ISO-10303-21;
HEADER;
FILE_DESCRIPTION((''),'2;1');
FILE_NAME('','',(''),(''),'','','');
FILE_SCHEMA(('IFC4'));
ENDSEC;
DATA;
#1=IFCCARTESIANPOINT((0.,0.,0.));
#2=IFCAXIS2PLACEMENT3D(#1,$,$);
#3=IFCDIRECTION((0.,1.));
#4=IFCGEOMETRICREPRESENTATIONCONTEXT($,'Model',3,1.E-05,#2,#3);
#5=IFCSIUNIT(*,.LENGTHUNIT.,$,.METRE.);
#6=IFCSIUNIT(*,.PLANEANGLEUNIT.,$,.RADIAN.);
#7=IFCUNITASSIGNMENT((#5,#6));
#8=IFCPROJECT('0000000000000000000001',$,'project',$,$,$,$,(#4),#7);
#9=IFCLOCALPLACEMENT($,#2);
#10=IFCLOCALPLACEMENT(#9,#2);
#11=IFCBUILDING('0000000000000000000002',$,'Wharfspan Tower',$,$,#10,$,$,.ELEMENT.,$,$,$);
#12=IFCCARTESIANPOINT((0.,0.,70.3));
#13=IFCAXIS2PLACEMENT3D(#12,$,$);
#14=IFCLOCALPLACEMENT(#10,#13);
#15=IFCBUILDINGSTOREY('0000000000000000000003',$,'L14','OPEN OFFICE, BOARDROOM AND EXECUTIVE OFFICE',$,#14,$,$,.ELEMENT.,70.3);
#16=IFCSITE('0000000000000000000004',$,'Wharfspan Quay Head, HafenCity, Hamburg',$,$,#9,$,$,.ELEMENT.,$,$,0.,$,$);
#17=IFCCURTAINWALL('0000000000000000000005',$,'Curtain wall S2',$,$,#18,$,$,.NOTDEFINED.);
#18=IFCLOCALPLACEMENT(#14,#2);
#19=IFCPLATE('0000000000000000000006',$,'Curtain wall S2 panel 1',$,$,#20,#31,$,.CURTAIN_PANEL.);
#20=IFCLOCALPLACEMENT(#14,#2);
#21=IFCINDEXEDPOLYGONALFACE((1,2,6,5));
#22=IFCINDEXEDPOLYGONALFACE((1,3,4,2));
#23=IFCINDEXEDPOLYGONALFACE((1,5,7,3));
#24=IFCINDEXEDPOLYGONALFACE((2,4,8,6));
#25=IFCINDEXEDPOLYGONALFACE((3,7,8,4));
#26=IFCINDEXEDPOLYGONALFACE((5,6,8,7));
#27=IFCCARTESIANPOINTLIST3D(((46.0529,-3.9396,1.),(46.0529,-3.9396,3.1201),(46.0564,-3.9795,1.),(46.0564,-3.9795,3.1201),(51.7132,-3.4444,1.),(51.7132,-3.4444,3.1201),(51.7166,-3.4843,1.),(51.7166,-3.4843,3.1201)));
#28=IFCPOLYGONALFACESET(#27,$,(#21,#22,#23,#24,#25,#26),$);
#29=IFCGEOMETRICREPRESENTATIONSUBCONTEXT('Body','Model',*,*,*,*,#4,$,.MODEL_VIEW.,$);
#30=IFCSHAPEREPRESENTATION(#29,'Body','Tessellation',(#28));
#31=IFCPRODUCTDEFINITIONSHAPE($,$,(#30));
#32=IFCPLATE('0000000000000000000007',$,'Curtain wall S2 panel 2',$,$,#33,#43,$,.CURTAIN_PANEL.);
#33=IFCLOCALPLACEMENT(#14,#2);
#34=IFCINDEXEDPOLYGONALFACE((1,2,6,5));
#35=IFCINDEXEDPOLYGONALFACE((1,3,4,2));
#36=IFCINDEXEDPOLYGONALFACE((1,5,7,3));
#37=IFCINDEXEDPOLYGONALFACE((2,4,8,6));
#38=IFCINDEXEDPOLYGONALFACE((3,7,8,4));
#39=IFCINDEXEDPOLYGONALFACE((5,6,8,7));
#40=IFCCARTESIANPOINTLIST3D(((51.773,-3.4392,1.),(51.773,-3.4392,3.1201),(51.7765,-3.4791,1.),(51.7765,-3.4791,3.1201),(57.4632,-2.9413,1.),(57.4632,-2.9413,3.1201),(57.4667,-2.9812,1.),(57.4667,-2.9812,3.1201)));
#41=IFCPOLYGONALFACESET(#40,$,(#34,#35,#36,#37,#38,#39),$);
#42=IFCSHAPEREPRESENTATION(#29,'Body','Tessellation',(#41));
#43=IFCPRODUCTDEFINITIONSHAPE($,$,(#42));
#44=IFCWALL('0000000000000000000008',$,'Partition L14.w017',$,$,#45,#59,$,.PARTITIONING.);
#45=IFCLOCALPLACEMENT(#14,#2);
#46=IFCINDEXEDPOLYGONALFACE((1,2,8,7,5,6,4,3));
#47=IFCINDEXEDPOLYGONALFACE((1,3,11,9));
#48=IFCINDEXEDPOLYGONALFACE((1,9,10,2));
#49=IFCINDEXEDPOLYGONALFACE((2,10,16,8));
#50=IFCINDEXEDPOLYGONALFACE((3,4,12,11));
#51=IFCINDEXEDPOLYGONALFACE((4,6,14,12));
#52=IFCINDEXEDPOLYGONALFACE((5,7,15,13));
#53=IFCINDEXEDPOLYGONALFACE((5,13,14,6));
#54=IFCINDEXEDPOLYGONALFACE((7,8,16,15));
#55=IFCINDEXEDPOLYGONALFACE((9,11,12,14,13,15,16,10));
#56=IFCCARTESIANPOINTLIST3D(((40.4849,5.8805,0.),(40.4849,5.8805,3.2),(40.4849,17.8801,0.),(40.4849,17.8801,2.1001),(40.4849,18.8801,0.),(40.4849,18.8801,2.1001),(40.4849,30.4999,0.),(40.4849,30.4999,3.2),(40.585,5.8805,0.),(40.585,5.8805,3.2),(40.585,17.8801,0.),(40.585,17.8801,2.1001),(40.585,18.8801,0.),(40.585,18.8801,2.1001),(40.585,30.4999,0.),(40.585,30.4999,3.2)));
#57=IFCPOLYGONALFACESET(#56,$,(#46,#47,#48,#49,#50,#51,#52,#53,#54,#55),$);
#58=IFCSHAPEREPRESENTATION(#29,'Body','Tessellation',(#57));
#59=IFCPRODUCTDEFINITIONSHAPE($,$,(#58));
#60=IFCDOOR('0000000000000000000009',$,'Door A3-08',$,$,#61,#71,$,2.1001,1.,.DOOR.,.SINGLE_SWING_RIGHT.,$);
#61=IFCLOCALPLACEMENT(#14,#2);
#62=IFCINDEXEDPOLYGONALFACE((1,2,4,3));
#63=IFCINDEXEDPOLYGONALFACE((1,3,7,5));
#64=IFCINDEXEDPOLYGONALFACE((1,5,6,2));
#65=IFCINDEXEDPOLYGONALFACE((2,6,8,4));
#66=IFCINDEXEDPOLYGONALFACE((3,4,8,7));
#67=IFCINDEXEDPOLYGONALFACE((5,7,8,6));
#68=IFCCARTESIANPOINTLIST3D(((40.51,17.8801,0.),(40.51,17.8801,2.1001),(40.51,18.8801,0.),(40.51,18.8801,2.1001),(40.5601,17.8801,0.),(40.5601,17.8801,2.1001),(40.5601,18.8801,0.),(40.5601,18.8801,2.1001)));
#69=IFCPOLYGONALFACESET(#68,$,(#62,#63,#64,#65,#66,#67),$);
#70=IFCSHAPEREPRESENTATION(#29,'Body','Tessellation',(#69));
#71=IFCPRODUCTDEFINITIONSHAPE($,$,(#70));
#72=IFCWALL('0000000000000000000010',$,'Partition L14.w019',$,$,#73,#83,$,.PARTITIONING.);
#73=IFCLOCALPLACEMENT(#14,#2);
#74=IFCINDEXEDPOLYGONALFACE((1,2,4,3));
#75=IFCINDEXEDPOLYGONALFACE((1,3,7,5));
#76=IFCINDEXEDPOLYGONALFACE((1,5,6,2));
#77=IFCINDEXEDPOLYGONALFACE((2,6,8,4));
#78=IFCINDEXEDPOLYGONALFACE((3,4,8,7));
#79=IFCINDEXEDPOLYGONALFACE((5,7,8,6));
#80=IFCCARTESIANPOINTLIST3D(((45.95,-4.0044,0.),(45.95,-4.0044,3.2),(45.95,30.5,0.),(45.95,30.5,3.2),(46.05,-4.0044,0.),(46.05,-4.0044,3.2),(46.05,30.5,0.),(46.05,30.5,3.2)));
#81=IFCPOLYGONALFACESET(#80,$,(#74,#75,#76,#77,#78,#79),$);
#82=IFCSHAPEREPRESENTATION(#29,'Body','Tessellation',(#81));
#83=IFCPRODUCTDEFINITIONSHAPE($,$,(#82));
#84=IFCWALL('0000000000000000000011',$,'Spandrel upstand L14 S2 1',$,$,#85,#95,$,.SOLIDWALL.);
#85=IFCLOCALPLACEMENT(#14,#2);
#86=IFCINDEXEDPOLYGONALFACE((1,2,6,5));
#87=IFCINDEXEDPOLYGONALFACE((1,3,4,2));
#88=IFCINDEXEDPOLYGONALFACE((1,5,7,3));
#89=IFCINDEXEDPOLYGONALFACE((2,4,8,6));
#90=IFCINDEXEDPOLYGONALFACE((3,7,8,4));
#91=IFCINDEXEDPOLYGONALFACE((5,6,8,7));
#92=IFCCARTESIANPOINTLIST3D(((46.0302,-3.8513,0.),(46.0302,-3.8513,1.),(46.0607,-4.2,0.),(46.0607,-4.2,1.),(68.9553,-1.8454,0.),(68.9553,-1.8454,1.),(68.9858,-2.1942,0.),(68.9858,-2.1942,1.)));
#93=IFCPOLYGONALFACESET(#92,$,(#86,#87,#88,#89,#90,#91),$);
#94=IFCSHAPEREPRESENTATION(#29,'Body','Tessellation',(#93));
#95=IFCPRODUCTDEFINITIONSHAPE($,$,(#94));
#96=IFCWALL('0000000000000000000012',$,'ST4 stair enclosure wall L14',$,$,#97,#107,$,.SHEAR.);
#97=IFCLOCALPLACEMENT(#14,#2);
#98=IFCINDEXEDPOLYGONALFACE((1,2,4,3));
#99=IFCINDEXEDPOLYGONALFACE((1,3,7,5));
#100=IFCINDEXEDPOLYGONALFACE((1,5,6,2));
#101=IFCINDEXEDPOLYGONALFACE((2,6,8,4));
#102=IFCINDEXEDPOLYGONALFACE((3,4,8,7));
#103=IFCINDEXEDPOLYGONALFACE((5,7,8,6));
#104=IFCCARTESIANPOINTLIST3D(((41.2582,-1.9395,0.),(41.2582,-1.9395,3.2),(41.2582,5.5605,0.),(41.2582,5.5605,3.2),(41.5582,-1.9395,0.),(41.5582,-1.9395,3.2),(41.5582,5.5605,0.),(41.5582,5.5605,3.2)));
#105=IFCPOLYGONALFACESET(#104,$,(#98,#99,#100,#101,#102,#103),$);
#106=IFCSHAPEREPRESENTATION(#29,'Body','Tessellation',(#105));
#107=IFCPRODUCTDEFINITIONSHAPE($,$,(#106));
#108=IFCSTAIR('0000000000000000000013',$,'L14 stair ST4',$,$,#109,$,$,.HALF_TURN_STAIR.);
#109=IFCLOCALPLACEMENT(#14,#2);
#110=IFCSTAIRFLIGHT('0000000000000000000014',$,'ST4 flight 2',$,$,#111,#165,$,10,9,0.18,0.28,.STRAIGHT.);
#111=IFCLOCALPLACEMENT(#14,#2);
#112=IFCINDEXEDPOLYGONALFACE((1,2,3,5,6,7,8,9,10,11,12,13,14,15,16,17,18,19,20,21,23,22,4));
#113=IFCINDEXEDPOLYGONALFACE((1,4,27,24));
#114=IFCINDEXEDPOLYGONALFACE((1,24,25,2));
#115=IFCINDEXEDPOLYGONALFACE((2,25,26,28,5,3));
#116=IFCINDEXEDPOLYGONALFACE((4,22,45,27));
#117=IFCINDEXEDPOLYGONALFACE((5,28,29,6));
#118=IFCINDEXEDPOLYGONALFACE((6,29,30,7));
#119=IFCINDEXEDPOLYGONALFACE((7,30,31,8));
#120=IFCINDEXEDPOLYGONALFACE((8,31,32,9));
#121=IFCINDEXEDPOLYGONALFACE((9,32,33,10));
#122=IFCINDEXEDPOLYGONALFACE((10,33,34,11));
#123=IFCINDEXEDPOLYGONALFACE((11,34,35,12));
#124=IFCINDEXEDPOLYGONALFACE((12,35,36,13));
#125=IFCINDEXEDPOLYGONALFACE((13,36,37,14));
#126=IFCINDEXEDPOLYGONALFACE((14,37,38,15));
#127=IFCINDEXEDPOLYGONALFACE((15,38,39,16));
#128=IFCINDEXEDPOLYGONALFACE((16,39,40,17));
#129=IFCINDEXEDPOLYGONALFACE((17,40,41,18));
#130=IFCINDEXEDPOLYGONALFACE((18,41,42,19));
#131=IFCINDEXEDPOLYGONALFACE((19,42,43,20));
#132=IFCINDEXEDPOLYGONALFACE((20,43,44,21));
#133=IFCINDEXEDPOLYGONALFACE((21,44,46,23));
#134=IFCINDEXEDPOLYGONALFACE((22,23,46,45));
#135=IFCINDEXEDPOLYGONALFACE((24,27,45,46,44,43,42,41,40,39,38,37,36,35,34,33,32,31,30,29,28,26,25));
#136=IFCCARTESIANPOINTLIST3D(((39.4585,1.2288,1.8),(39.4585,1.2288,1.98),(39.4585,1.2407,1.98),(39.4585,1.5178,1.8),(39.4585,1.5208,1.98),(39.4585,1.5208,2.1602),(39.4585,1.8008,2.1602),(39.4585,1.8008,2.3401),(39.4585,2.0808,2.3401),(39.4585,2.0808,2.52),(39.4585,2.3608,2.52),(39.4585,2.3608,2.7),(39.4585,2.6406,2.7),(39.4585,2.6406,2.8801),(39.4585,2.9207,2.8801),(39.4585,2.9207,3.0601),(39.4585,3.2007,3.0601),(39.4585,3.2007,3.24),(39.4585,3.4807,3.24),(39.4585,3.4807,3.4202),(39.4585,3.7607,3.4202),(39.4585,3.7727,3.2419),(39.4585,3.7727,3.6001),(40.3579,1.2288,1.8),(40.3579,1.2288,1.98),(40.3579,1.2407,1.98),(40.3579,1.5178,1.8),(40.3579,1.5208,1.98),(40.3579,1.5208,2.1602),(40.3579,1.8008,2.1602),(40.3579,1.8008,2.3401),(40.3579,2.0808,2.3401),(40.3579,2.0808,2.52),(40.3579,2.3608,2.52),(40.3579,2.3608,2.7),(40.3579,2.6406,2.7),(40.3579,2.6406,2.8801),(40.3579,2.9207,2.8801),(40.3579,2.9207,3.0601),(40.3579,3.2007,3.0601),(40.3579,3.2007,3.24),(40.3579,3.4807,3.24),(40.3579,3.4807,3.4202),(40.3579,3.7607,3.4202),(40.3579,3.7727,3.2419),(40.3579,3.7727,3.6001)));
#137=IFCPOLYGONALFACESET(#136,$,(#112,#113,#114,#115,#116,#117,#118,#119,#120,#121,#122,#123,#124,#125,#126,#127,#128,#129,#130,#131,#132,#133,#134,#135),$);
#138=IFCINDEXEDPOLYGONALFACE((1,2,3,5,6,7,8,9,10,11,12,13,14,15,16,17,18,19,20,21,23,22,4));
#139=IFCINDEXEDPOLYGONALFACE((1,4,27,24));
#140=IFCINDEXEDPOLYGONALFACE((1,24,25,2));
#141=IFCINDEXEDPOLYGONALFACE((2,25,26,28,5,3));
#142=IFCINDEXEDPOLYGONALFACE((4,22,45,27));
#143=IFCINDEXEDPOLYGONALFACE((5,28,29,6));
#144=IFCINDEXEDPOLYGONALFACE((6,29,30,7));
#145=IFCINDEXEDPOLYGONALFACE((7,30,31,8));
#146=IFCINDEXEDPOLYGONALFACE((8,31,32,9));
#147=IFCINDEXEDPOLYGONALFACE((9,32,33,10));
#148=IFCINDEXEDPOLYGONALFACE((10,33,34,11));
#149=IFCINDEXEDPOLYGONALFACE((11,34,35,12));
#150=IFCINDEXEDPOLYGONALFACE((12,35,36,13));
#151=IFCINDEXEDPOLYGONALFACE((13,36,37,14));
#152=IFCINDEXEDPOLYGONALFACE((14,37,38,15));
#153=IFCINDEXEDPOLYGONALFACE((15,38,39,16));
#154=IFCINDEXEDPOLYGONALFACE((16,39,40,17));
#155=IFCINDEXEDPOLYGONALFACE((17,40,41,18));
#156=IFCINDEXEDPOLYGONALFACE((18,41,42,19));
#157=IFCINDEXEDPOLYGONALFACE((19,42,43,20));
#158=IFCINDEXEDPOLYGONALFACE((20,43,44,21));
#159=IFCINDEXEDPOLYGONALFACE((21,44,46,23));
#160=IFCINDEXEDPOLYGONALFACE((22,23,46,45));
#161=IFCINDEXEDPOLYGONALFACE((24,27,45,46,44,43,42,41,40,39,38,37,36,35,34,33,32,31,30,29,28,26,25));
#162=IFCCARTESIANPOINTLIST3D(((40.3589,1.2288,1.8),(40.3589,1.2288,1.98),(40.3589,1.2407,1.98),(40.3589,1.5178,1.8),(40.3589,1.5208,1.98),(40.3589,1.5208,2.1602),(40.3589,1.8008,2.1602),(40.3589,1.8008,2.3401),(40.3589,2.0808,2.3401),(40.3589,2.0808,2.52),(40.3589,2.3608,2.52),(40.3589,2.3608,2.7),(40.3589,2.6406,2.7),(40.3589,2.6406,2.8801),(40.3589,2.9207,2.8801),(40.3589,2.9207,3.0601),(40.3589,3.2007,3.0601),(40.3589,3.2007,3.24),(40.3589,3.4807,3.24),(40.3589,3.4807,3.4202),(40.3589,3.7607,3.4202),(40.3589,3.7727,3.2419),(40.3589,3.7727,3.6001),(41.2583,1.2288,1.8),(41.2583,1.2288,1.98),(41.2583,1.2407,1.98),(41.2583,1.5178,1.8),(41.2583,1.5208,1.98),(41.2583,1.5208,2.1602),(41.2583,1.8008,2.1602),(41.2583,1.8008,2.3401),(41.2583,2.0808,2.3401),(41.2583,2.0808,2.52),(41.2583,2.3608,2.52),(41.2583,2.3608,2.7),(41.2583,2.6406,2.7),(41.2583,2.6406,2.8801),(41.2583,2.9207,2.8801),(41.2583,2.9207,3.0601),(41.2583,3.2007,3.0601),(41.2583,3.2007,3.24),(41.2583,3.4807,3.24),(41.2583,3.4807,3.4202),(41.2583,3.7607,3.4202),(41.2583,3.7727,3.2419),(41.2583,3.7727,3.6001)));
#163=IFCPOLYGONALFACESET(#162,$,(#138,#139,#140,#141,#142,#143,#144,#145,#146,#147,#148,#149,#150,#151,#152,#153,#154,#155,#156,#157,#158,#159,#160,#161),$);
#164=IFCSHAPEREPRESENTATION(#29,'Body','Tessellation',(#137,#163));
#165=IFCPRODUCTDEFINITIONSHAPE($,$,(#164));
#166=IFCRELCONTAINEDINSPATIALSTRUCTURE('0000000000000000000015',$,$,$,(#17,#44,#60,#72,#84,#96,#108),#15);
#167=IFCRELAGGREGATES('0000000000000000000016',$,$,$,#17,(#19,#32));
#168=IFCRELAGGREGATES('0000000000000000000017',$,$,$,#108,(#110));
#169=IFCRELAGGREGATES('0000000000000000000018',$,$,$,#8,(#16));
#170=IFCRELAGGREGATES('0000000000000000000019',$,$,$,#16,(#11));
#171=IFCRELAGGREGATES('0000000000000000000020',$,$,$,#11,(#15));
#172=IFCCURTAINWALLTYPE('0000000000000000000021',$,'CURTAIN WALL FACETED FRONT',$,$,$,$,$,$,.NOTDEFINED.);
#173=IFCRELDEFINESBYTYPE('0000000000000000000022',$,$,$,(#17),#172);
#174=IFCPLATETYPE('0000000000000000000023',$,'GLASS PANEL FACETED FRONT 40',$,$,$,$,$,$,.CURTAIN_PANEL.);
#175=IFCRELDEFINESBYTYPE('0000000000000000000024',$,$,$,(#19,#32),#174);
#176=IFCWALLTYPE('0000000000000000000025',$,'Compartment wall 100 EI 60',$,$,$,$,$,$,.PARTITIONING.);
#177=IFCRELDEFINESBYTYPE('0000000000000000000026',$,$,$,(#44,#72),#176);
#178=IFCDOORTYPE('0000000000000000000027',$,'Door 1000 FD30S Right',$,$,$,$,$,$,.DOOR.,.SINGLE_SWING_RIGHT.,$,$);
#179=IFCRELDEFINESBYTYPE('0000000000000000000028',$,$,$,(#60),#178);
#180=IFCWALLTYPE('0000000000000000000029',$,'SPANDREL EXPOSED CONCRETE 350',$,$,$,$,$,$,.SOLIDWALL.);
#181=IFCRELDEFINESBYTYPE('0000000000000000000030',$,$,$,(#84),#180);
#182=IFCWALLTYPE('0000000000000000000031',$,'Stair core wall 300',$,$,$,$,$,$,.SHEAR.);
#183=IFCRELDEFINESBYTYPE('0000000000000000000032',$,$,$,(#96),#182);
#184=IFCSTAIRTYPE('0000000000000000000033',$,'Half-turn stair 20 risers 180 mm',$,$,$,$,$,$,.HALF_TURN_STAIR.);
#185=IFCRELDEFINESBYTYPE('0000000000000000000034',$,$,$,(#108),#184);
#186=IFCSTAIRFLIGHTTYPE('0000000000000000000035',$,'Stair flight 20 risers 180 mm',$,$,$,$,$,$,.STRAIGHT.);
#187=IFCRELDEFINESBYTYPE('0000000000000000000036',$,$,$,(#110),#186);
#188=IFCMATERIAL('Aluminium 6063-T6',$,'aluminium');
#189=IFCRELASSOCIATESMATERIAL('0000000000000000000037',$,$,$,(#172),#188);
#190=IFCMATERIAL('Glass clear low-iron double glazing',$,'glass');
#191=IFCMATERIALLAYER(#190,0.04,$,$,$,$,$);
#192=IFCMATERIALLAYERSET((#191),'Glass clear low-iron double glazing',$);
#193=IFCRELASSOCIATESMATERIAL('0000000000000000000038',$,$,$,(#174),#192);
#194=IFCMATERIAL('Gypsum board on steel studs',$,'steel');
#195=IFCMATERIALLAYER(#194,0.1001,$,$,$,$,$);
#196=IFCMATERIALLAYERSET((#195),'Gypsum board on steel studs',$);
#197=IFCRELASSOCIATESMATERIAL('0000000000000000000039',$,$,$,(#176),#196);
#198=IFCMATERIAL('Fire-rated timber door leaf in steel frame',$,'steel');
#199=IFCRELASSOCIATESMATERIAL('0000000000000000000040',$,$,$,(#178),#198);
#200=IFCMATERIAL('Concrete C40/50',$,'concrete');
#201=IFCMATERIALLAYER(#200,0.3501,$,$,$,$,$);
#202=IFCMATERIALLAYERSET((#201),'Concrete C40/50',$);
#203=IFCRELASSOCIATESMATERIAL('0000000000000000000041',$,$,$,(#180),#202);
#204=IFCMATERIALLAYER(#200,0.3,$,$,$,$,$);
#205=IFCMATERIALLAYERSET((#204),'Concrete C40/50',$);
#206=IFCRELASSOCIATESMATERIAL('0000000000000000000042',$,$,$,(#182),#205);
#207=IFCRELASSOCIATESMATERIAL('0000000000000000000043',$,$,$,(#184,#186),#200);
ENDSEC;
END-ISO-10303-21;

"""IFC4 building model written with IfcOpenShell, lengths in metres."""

from ifc_helpers import new_model, si_unit, direction, frame, frame_2d, origin, origin_2d, place, context, subcontext, project, spatial, polyline, rectangle, outline, extrude, material, layer, layer_set, type_object, element, fill, aggregate, save


model = new_model("IFC4")

# Units and contexts
model_context = context("Model", 3, precision=1e-05, world=origin(), true_north=direction((0.0, 1.0)))
body_context = subcontext(model_context, "Body", "Model", "MODEL_VIEW")
ifc_project = project(units=[si_unit("LENGTHUNIT", "METRE"), si_unit("PLANEANGLEUNIT", "RADIAN")], contexts=[model_context])

# Site, building, storey
site_placement = place(None, origin())
site = spatial("IfcSite", under=ifc_project, at=site_placement, Name="Wharfspan Quay Head, HafenCity, Hamburg", CompositionType="ELEMENT", RefElevation=0.0)
building_placement = place(site_placement, origin())
building = spatial("IfcBuilding", under=site, at=building_placement, Name="Wharfspan Tower", CompositionType="ELEMENT")
storey_placement = place(building_placement, frame((0.0, 0.0, 70.3)))
storey = spatial("IfcBuildingStorey", under=building, at=storey_placement, Name="L14", Description="OPEN OFFICE, BOARDROOM AND EXECUTIVE OFFICE", CompositionType="ELEMENT", Elevation=70.3)

# Curtain wall
ifc_material_1 = material(Name="Aluminium 6063-T6", Category="aluminium")
curtain_wall_type = type_object("IfcCurtainWallType", Name="CURTAIN WALL FACETED FRONT", PredefinedType="NOTDEFINED", material=ifc_material_1)
curtain_wall_1_placement = place(storey_placement, origin())
curtain_wall_1 = element("IfcCurtainWall", 1, at=curtain_wall_1_placement, inside=storey, type_object=curtain_wall_type, Name="Curtain wall S2", PredefinedType="NOTDEFINED")

# Plates
ifc_material_2 = material(Name="Glass clear low-iron double glazing", Category="glass")
ifc_layer_1 = layer(ifc_material_2, 0.04)
ifc_layer_set_1 = layer_set([ifc_layer_1], Name="Glass clear low-iron double glazing")
plate_type = type_object("IfcPlateType", Name="GLASS PANEL FACETED FRONT 40", PredefinedType="CURTAIN_PANEL", material=ifc_layer_set_1)
plate_1_placement = place(storey_placement, frame((48.8848, -3.7119, 1.0), z_axis=(0.0, 0.0, 1.0), x_axis=(0.996197, 0.087156, 0.0)))
plate_1 = element("IfcPlate", 2, at=plate_1_placement, type_object=plate_type, Name="Curtain wall S2 panel 1", PredefinedType="CURTAIN_PANEL", context=body_context, shape_type="SweptSolid", body=[
    extrude(rectangle(XDim=5.6819, YDim=0.04, at=origin_2d()), origin(), (0.0, 0.0, 1.0), 2.1201),
])
plate_2_placement = place(storey_placement, frame((54.6199, -3.2102, 1.0), z_axis=(0.0, 0.0, 1.0), x_axis=(0.996197, 0.087156, 0.0)))
plate_2 = element("IfcPlate", 3, at=plate_2_placement, type_object=plate_type, Name="Curtain wall S2 panel 2", PredefinedType="CURTAIN_PANEL", context=body_context, shape_type="SweptSolid", body=[
    extrude(rectangle(XDim=5.7119, YDim=0.04, at=origin_2d()), origin(), (0.0, 0.0, 1.0), 2.1201),
])
aggregate(curtain_wall_1, [plate_1, plate_2])

# Wall, opening, door
ifc_material_3 = material(Name="Gypsum board on steel studs", Category="steel")
ifc_layer_2 = layer(ifc_material_3, 0.1001)
ifc_layer_set_2 = layer_set([ifc_layer_2], Name="Gypsum board on steel studs")
wall_type_1 = type_object("IfcWallType", Name="Compartment wall 100 EI 60", PredefinedType="PARTITIONING", material=ifc_layer_set_2)
wall_1_placement = place(storey_placement, frame((40.5349, 5.8806, 0.0), z_axis=(0.0, 0.0, 1.0), x_axis=(0.0, 1.0, 0.0)))
wall_1 = element("IfcWall", 4, at=wall_1_placement, inside=storey, type_object=wall_type_1, Name="Partition L14.w017", PredefinedType="PARTITIONING", context=body_context, shape_type="SweptSolid", body=[
    extrude(rectangle(XDim=24.6194, YDim=0.1001, at=frame_2d((12.3096, 0.0))), origin(), (0.0, 0.0, 1.0), 3.2),
])
opening_placement = place(wall_1_placement, frame((11.9995, 0.0, 0.0)))
opening = element("IfcOpeningElement", 5, at=opening_placement, cuts=wall_1, PredefinedType="OPENING", context=body_context, shape_type="SweptSolid", body=[
    extrude(rectangle(XDim=1.0, YDim=2.1001, at=frame_2d((0.5, 1.05))), frame((0.0, 0.0601, 0.0), z_axis=(0.0, -1.0, 0.0), x_axis=(1.0, 0.0, 0.0)), (0.0, 0.0, 1.0), 0.1201),
])
ifc_material_4 = material(Name="Fire-rated timber door leaf in steel frame", Category="steel")
door_type = type_object("IfcDoorType", Name="Door 1000 FD30S Right", OperationType="SINGLE_SWING_RIGHT", PredefinedType="DOOR", material=ifc_material_4)
door_placement = place(opening_placement, origin())
door = element("IfcDoor", 6, at=door_placement, inside=storey, type_object=door_type, Name="Door A3-08", OperationType="SINGLE_SWING_RIGHT", OverallHeight=2.1001, OverallWidth=1.0, PredefinedType="DOOR", context=body_context, shape_type="SweptSolid", body=[
    extrude(rectangle(XDim=1.0, YDim=2.1001, at=frame_2d((0.5, 1.05))), frame((0.0, 0.0249, 0.0), z_axis=(0.0, -1.0, 0.0), x_axis=(1.0, 0.0, 0.0)), (0.0, 0.0, 1.0), 0.05),
])
fill(opening, door)

# Walls
wall_2_placement = place(storey_placement, frame((46.0, -4.0044, 0.0), z_axis=(0.0, 0.0, 1.0), x_axis=(0.0, 1.0, 0.0)))
element("IfcWall", 7, at=wall_2_placement, inside=storey, type_object=wall_type_1, Name="Partition L14.w019", PredefinedType="PARTITIONING", context=body_context, shape_type="SweptSolid", body=[
    extrude(rectangle(XDim=34.5044, YDim=0.1001, at=frame_2d((17.2522, 0.0))), origin(), (0.0, 0.0, 1.0), 3.2),
])
ifc_material_5 = material(Name="Concrete C40/50", Category="concrete")
ifc_layer_3 = layer(ifc_material_5, 0.3501)
ifc_layer_set_3 = layer_set([ifc_layer_3], Name="Concrete C40/50")
wall_type_2 = type_object("IfcWallType", Name="SPANDREL EXPOSED CONCRETE 350", PredefinedType="SOLIDWALL", material=ifc_layer_set_3)
wall_3_placement = place(storey_placement, frame((46.0454, -4.0256, 0.0), z_axis=(0.0, 0.0, 1.0), x_axis=(0.99619, 0.087163, 0.0)))
element("IfcWall", 8, at=wall_3_placement, inside=storey, type_object=wall_type_2, Name="Spandrel upstand L14 S2 1", PredefinedType="SOLIDWALL", context=body_context, shape_type="SweptSolid", body=[
    extrude(rectangle(XDim=23.0127, YDim=0.3501, at=frame_2d((11.5063, 0.0))), origin(), (0.0, 0.0, 1.0), 1.0),
])
ifc_layer_4 = layer(ifc_material_5, 0.3)
ifc_layer_set_4 = layer_set([ifc_layer_4], Name="Concrete C40/50")
wall_type_3 = type_object("IfcWallType", Name="Stair core wall 300", PredefinedType="SHEAR", material=ifc_layer_set_4)
wall_4_placement = place(storey_placement, frame((41.4082, -1.9395, 0.0), z_axis=(0.0, 0.0, 1.0), x_axis=(0.0, 1.0, 0.0)))
element("IfcWall", 9, at=wall_4_placement, inside=storey, type_object=wall_type_3, Name="ST4 stair enclosure wall L14", PredefinedType="SHEAR", context=body_context, shape_type="SweptSolid", body=[
    extrude(rectangle(XDim=7.5, YDim=0.3, at=frame_2d((3.75, 0.0))), origin(), (0.0, 0.0, 1.0), 3.2),
])

# Stair, stair flight
stair_type = type_object("IfcStairType", Name="Half-turn stair 20 risers 180 mm", PredefinedType="HALF_TURN_STAIR", material=ifc_material_5)
stair_placement = place(storey_placement, origin())
stair = element("IfcStair", 10, at=stair_placement, inside=storey, type_object=stair_type, Name="L14 stair ST4", PredefinedType="HALF_TURN_STAIR")
stair_flight_type = type_object("IfcStairFlightType", Name="Stair flight 20 risers 180 mm", PredefinedType="STRAIGHT", material=ifc_material_5)
stair_flight_placement = place(storey_placement, frame((40.3584, 1.2407, 1.8), z_axis=(0.0, 0.0, 1.0), x_axis=(0.0, 1.0, 0.0)))
stair_flight = element("IfcStairFlight", 11, at=stair_flight_placement, type_object=stair_flight_type, Name="ST4 flight 2", NumberOfRisers=10, NumberOfTreads=9, PredefinedType="STRAIGHT", RiserHeight=0.18, TreadLength=0.28, context=body_context, shape_type="SweptSolid", body=[
    extrude(outline(polyline([(-0.012, 0.0), (-0.012, 0.1799), (0.0, 0.1799), (0.28, 0.1799), (0.28, 0.3601), (0.5601, 0.3601), (0.5601, 0.54), (0.8401, 0.54), (0.8401, 0.72), (1.1201, 0.72), (1.1201, 0.8999), (1.3999, 0.8999), (1.3999, 1.0801), (1.6799, 1.0801), (1.6799, 1.26), (1.96, 1.26), (1.96, 1.4399), (2.24, 1.4399), (2.24, 1.6201), (2.52, 1.6201), (2.532, 1.8), (2.532, 1.4419), (0.2771, 0.0), (-0.012, 0.0)])), frame((0.0, 0.8999, 0.0), z_axis=(0.0, -1.0, 0.0), x_axis=(1.0, 0.0, 0.0)), (0.0, 0.0, 1.0), 0.8994),
    extrude(outline(polyline([(-0.012, 0.0), (-0.012, 0.1799), (0.0, 0.1799), (0.28, 0.1799), (0.28, 0.3601), (0.5601, 0.3601), (0.5601, 0.54), (0.8401, 0.54), (0.8401, 0.72), (1.1201, 0.72), (1.1201, 0.8999), (1.3999, 0.8999), (1.3999, 1.0801), (1.6799, 1.0801), (1.6799, 1.26), (1.96, 1.26), (1.96, 1.4399), (2.24, 1.4399), (2.24, 1.6201), (2.52, 1.6201), (2.532, 1.8), (2.532, 1.4419), (0.2771, 0.0), (-0.012, 0.0)])), frame((0.0, -0.0005, 0.0), z_axis=(0.0, -1.0, 0.0), x_axis=(1.0, 0.0, 0.0)), (0.0, 0.0, 1.0), 0.8994),
])
aggregate(stair, [stair_flight])

save(model, "model.ifc")
